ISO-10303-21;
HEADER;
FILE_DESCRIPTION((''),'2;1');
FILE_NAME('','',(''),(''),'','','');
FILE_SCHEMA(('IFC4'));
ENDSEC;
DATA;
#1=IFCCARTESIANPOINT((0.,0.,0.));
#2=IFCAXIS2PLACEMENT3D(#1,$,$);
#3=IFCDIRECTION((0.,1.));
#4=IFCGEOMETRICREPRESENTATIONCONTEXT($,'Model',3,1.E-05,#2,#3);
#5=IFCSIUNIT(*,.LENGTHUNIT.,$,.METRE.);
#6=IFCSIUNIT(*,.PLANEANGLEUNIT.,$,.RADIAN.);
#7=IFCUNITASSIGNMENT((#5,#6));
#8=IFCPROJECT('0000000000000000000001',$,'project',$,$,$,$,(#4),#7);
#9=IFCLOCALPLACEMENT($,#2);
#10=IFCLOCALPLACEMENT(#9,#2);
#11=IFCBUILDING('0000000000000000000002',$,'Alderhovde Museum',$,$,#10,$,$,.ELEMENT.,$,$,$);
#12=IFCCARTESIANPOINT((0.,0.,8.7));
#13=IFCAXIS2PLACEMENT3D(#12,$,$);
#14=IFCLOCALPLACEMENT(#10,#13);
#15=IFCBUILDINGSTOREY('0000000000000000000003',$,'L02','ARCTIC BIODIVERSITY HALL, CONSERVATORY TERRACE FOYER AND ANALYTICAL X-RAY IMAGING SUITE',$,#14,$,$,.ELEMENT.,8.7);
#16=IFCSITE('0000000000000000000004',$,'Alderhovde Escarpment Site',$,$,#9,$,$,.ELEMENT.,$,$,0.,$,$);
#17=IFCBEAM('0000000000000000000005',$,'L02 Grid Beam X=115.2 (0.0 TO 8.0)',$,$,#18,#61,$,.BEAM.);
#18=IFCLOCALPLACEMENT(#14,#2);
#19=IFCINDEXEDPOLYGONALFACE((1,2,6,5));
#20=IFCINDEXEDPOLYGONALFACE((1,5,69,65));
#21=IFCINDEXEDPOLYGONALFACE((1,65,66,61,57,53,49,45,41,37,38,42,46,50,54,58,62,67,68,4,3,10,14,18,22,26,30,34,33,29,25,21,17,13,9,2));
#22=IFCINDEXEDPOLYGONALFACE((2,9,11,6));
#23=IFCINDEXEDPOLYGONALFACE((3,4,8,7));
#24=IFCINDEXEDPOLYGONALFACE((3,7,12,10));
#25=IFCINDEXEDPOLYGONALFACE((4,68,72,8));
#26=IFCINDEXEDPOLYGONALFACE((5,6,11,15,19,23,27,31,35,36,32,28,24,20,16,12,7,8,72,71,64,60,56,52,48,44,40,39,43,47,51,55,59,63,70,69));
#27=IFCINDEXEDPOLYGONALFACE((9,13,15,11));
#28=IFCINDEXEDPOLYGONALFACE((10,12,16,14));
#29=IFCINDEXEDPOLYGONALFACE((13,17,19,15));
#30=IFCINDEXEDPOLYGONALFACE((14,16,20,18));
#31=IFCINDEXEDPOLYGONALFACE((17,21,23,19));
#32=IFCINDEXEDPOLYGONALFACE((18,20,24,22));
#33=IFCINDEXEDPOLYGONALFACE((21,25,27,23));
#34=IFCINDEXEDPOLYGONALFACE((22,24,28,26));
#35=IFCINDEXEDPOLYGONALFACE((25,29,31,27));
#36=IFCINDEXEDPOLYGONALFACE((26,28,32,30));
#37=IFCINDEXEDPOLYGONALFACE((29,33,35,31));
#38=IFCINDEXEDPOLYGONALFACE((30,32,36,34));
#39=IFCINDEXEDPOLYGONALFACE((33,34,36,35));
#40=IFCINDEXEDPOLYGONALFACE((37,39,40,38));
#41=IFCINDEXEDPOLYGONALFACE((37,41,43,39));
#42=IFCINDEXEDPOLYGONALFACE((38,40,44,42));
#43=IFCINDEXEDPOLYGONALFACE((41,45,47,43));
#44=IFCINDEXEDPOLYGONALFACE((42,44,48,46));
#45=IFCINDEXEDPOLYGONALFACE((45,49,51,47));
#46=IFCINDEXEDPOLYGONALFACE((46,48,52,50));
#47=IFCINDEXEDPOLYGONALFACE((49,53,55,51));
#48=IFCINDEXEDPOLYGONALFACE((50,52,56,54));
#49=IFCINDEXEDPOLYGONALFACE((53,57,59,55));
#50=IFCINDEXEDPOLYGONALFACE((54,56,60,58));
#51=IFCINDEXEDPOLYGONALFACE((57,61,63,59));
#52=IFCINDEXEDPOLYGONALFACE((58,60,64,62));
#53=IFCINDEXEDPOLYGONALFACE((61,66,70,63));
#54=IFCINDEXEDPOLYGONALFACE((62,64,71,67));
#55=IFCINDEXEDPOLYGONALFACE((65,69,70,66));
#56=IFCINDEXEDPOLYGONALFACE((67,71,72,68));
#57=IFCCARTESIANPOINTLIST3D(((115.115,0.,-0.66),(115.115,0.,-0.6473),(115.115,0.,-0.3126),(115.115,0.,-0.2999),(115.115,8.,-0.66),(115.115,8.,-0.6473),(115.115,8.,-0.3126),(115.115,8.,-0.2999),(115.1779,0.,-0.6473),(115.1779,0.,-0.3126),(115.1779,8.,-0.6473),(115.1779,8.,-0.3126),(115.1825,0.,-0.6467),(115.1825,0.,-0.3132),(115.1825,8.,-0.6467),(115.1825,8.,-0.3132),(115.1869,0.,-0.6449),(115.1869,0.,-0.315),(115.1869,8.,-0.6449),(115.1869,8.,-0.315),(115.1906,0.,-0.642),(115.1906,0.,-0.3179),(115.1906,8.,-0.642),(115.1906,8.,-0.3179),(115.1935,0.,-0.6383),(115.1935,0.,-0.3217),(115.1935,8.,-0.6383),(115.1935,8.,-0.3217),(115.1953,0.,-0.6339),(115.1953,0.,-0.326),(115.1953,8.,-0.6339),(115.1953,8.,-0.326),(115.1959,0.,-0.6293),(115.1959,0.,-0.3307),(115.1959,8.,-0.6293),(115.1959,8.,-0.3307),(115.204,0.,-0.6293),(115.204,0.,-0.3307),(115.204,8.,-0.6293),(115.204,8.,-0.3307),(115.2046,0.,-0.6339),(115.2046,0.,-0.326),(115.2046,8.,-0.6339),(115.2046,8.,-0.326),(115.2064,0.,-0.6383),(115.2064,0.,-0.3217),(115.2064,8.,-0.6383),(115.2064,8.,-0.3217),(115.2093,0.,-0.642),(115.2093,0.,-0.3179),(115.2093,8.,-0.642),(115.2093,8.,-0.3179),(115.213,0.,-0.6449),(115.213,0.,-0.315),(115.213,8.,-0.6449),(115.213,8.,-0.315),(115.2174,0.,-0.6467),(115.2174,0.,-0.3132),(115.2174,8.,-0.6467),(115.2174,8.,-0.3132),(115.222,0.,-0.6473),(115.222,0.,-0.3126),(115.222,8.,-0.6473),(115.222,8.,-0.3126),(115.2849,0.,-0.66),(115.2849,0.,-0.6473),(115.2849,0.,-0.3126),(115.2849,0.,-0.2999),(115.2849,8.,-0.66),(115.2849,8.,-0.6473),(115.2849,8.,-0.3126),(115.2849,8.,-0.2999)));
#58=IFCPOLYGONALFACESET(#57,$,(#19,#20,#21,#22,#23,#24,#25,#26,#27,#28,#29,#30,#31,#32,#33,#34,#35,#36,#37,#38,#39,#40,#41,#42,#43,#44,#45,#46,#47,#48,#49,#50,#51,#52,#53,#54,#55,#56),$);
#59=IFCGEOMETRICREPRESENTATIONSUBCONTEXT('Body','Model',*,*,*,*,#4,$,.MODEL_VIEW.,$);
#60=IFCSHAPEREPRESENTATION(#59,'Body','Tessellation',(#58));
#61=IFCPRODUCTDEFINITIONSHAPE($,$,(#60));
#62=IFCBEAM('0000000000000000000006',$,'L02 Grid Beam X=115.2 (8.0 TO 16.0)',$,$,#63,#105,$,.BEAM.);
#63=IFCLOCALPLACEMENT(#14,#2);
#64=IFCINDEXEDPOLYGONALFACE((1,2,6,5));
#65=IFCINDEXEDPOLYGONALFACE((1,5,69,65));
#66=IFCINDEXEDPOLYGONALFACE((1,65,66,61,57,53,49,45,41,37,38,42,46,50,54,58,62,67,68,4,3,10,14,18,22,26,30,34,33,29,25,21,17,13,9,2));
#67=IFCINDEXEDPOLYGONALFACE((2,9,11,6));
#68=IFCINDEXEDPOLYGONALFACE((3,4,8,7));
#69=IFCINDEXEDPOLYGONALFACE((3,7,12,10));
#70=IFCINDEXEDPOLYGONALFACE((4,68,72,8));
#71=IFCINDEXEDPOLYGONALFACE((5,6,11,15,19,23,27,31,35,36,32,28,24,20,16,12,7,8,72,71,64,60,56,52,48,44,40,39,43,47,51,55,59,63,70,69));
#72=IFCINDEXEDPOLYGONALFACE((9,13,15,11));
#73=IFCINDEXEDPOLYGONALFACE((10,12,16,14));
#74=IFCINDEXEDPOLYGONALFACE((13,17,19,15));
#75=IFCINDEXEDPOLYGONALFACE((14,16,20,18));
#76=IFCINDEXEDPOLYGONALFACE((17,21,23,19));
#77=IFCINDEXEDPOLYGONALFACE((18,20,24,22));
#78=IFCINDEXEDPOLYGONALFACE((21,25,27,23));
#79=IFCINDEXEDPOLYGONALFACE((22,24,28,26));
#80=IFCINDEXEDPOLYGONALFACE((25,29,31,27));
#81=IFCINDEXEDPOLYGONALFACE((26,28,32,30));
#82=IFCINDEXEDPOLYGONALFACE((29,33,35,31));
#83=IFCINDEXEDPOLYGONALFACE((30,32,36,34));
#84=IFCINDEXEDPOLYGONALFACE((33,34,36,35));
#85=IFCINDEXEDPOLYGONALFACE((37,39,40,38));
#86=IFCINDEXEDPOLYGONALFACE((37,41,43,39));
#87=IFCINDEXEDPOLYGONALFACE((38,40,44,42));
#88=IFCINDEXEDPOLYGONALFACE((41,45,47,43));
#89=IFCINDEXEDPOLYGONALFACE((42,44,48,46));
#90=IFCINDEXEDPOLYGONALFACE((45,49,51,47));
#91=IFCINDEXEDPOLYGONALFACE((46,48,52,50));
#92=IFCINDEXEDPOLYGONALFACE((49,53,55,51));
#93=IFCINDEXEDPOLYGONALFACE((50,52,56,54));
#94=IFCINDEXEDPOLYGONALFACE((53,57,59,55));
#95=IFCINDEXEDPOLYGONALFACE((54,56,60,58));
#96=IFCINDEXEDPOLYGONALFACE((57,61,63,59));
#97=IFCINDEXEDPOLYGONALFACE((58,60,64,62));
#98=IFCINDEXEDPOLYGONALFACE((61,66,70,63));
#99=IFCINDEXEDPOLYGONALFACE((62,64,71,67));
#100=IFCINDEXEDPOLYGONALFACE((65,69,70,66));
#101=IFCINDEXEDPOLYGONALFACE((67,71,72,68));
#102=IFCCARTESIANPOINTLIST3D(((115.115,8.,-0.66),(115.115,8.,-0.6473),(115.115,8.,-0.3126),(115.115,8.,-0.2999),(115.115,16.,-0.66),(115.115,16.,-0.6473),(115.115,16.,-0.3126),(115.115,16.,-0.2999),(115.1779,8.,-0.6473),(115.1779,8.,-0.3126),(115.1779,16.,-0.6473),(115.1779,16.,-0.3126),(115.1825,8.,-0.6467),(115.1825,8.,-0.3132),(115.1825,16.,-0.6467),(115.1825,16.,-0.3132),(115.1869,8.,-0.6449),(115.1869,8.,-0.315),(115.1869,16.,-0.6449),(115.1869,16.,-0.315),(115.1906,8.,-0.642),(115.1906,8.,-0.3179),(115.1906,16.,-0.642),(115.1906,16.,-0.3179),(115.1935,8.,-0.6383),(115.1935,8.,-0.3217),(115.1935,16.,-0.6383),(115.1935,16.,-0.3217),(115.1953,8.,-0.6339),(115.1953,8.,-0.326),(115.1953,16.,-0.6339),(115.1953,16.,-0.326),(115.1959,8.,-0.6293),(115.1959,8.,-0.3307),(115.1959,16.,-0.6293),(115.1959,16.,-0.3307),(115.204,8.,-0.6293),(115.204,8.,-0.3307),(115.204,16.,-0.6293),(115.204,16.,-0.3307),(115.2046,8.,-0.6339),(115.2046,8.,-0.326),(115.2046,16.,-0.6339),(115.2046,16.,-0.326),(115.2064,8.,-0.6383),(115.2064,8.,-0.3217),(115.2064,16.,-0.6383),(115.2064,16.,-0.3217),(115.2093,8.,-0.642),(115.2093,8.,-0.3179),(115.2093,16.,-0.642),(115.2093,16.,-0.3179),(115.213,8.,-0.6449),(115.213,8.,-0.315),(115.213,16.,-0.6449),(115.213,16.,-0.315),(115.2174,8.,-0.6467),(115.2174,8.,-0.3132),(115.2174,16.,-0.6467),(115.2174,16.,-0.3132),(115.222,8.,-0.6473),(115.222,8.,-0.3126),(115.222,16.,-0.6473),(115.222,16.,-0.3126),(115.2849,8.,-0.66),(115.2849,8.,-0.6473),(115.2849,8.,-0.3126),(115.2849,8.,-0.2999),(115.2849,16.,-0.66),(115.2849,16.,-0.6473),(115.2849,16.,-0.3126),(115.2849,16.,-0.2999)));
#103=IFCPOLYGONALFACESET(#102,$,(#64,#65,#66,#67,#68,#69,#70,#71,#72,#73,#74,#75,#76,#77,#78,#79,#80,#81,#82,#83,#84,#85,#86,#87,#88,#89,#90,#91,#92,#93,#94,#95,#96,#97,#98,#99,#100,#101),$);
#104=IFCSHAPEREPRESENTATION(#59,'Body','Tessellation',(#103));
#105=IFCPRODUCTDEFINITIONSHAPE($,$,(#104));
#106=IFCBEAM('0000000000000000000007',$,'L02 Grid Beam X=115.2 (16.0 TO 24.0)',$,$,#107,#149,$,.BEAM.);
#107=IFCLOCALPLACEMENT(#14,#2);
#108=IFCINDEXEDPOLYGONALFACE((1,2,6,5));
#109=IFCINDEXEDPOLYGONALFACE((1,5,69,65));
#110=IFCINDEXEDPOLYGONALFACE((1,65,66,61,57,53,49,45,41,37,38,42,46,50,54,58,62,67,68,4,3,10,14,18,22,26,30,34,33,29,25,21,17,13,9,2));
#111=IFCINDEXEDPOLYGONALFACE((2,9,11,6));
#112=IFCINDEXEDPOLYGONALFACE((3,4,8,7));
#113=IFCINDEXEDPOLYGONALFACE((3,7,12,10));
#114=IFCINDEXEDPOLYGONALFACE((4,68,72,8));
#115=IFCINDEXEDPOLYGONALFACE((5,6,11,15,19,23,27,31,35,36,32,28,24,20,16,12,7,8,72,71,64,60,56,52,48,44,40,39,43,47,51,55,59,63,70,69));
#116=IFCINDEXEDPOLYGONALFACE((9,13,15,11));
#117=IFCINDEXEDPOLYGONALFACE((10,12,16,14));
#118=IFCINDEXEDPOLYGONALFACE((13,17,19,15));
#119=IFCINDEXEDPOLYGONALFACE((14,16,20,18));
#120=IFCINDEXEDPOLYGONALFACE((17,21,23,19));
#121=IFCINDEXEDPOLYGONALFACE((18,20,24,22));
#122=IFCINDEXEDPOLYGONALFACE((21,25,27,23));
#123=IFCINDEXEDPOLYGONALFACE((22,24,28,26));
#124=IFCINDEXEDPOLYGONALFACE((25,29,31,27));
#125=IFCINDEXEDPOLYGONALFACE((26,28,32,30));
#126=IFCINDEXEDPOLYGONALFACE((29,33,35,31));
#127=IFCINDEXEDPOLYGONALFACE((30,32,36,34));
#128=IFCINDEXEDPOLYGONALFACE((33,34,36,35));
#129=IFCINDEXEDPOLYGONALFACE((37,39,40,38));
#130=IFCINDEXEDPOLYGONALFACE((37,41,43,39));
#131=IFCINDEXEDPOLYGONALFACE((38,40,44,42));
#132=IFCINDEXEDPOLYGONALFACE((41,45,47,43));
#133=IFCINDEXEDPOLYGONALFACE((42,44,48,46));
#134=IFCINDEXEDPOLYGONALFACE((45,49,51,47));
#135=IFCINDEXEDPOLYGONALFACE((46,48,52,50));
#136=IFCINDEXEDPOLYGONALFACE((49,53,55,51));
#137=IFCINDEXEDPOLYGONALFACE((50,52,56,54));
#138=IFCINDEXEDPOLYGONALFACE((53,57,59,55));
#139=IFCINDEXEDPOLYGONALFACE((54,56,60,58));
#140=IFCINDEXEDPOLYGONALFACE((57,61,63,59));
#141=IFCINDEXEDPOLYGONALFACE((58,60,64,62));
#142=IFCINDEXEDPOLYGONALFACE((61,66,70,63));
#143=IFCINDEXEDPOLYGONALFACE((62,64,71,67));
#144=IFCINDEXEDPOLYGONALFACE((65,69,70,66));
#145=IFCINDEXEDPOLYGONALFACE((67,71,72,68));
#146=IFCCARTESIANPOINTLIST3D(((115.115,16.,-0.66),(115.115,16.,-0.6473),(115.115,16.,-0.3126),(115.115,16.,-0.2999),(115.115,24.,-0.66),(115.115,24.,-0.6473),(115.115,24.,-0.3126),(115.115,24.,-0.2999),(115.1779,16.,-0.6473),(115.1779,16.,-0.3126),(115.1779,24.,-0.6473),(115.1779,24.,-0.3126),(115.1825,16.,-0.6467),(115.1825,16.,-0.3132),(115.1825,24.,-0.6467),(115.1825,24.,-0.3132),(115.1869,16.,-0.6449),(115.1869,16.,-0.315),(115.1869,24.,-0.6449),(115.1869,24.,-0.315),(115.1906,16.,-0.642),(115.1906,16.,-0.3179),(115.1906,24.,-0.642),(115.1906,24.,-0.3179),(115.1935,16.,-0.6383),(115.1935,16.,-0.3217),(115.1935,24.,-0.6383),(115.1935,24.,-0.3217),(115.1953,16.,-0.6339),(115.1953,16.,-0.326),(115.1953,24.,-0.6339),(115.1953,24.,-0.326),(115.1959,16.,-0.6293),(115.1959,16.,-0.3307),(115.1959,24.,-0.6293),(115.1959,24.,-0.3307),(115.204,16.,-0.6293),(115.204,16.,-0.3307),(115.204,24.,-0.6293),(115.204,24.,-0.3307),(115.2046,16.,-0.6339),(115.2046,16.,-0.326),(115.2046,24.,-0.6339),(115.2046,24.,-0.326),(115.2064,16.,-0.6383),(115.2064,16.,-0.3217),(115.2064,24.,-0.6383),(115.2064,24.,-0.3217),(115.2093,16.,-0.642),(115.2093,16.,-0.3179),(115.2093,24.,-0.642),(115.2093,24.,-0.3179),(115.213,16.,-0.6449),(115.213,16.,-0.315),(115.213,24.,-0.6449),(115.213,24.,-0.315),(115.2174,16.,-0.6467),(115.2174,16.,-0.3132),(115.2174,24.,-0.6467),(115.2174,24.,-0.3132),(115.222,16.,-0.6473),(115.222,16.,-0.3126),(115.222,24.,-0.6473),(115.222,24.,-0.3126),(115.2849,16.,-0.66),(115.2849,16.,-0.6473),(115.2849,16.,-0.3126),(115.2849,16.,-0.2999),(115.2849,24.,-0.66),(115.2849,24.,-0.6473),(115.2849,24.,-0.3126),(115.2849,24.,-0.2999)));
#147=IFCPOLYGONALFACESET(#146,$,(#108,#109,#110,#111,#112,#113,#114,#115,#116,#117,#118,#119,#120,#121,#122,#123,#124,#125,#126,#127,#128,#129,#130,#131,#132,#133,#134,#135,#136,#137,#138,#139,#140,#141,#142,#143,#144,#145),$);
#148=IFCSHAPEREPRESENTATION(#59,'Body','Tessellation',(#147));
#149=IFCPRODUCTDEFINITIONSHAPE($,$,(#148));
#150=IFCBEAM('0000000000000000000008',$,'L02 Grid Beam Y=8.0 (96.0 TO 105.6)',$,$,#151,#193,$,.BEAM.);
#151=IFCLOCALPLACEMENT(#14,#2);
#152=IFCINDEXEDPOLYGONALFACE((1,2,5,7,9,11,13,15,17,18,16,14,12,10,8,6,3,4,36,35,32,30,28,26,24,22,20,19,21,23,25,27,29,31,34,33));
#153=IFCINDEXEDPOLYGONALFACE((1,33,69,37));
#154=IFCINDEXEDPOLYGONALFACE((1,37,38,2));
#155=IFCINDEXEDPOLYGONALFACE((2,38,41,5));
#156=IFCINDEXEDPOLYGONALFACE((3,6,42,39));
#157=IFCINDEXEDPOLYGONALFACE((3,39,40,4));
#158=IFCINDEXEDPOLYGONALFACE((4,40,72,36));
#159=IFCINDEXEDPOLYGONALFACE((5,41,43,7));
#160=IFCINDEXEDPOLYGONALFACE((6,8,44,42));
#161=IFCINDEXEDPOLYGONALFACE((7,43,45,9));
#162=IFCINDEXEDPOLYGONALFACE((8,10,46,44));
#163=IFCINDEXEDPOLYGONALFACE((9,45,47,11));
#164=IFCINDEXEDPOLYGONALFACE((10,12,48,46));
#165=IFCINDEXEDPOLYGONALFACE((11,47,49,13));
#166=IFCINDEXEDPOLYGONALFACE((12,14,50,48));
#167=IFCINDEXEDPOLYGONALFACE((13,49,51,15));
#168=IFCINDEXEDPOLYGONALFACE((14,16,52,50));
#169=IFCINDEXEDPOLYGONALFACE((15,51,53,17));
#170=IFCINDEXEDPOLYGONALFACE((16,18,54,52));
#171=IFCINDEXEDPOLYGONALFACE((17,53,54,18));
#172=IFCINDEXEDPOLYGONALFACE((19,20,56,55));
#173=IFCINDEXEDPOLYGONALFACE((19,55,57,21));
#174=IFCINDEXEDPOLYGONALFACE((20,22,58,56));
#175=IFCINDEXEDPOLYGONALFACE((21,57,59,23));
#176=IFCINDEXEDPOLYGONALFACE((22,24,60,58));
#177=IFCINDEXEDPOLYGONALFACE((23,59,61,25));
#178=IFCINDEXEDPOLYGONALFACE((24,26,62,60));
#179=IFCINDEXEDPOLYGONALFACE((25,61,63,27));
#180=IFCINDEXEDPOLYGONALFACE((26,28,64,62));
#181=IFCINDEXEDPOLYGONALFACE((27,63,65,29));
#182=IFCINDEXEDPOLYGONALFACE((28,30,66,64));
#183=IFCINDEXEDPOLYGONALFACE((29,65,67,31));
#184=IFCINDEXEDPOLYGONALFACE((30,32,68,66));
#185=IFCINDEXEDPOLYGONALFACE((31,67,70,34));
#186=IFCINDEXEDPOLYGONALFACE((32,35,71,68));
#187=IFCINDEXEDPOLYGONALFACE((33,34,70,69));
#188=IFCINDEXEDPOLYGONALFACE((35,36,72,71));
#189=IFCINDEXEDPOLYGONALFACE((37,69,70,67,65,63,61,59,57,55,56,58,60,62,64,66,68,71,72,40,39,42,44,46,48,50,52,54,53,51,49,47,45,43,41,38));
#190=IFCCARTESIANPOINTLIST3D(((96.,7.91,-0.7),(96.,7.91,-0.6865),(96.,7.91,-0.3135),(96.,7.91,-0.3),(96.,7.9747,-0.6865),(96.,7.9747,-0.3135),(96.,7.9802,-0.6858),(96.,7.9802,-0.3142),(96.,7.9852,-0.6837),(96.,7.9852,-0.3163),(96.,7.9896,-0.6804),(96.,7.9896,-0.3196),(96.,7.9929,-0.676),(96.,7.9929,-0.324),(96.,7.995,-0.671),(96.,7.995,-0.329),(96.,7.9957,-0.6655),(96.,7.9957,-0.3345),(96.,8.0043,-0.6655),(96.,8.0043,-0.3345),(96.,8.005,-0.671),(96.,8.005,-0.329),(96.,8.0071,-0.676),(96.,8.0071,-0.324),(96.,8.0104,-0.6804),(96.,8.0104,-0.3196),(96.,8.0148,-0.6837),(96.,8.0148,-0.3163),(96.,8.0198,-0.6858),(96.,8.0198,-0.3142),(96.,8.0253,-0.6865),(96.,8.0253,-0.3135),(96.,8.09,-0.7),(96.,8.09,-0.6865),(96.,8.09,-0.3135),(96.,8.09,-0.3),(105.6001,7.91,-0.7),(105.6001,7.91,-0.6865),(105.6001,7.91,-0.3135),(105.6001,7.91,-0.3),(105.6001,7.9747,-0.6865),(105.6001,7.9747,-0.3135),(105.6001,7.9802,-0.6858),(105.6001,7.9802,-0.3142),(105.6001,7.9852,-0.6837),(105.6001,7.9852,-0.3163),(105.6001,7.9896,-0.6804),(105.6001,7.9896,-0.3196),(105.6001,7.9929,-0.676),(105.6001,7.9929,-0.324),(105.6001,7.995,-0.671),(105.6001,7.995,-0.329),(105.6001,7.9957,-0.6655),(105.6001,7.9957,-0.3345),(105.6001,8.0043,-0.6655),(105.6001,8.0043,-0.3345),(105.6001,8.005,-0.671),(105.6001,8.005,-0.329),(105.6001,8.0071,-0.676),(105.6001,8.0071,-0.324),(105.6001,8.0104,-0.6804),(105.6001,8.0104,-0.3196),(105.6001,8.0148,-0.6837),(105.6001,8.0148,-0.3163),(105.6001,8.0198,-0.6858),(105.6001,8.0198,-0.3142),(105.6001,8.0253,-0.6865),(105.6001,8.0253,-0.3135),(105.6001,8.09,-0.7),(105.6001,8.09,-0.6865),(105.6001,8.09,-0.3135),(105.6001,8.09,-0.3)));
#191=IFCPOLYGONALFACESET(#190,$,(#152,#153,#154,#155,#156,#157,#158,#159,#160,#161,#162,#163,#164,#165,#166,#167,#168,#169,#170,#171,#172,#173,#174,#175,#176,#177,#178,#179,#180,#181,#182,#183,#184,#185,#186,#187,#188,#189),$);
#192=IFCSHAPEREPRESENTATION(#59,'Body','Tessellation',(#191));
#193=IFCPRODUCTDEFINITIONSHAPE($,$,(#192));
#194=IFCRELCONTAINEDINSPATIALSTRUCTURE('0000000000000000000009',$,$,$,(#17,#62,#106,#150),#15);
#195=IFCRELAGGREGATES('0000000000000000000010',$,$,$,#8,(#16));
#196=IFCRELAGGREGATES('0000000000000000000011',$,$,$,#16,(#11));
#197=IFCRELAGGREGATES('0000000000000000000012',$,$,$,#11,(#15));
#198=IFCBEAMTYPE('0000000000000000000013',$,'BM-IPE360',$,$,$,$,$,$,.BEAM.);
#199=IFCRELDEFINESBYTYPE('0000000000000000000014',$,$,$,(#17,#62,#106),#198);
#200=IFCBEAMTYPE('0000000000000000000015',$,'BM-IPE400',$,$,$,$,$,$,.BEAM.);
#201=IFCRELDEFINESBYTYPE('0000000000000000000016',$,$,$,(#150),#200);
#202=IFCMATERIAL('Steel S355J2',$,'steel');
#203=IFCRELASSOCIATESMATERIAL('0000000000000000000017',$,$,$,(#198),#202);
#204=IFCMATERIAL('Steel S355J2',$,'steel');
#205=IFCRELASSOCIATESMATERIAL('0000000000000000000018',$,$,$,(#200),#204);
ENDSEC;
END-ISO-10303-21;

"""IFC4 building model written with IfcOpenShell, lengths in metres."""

from ifc_helpers import new_model, si_unit, direction, frame, origin, origin_2d, place, context, subcontext, project, spatial, i_section, extrude, material, material_profile, profile_set, type_object, element, save


model = new_model("IFC4")

# Units and contexts
model_context = context("Model", 3, precision=1e-05, world=origin(), true_north=direction((0.0, 1.0)))
body_context = subcontext(model_context, "Body", "Model", "MODEL_VIEW")
ifc_project = project(units=[si_unit("LENGTHUNIT", "METRE"), si_unit("PLANEANGLEUNIT", "RADIAN")], contexts=[model_context])

# Site, building, storey
site_placement = place(None, origin())
site = spatial("IfcSite", under=ifc_project, at=site_placement, Name="Alderhovde Escarpment Site", CompositionType="ELEMENT", RefElevation=0.0)
building_placement = place(site_placement, origin())
building = spatial("IfcBuilding", under=site, at=building_placement, Name="Alderhovde Museum", CompositionType="ELEMENT")
storey_placement = place(building_placement, frame((0.0, 0.0, 8.7)))
storey = spatial("IfcBuildingStorey", under=building, at=storey_placement, Name="L02", Description="ARCTIC BIODIVERSITY HALL, CONSERVATORY TERRACE FOYER AND ANALYTICAL X-RAY IMAGING SUITE", CompositionType="ELEMENT", Elevation=8.7)

# Beams
ifc_material_1 = material(Name="Steel S355J2", Category="steel")
ifc_material_profile_1 = material_profile(ifc_material_1, i_section(OverallWidth=0.1699, OverallDepth=0.3601, WebThickness=0.0081, FlangeThickness=0.0127, FilletRadius=0.0181, at=origin_2d()), Name="IPE 360")
ifc_profile_set_1 = profile_set([ifc_material_profile_1], Name="Steel S355J2")
beam_type_1 = type_object("IfcBeamType", Name="BM-IPE360", PredefinedType="BEAM", material=ifc_profile_set_1)
for number, where, z_axis, x_axis, name in (
    (1, (115.2, 0.0, -0.48), (0.0, 1.0, 0.0), (-1.0, 0.0, 0.0), "L02 Grid Beam X=115.2 (0.0 TO 8.0)"),
    (2, (115.2, 8.0, -0.48), (0.0, 1.0, 0.0), (-1.0, 0.0, 0.0), "L02 Grid Beam X=115.2 (8.0 TO 16.0)"),
    (3, (115.2, 16.0, -0.48), (0.0, 1.0, 0.0), (-1.0, 0.0, 0.0), "L02 Grid Beam X=115.2 (16.0 TO 24.0)"),
):
    element("IfcBeam", number, at=place(storey_placement, frame(where, z_axis=z_axis, x_axis=x_axis)), inside=storey, type_object=beam_type_1, Name=name, PredefinedType="BEAM", context=body_context, shape_type="SweptSolid", body=[
        extrude(i_section(OverallWidth=0.1699, OverallDepth=0.3601, WebThickness=0.0081, FlangeThickness=0.0127, FilletRadius=0.0181, at=origin_2d()), origin(), (0.0, 0.0, 1.0), 8.0),
    ])
ifc_material_2 = material(Name="Steel S355J2", Category="steel")
ifc_material_profile_2 = material_profile(ifc_material_2, i_section(OverallWidth=0.1799, OverallDepth=0.3999, WebThickness=0.0085, FlangeThickness=0.0134, FilletRadius=0.021, at=origin_2d()), Name="IPE 400")
ifc_profile_set_2 = profile_set([ifc_material_profile_2], Name="Steel S355J2")
beam_type_2 = type_object("IfcBeamType", Name="BM-IPE400", PredefinedType="BEAM", material=ifc_profile_set_2)
beam_1_placement = place(storey_placement, frame((96.0, 8.0, -0.5), z_axis=(1.0, 0.0, 0.0), x_axis=(0.0, 1.0, 0.0)))
element("IfcBeam", 4, at=beam_1_placement, inside=storey, type_object=beam_type_2, Name="L02 Grid Beam Y=8.0 (96.0 TO 105.6)", PredefinedType="BEAM", context=body_context, shape_type="SweptSolid", body=[
    extrude(i_section(OverallWidth=0.1799, OverallDepth=0.3999, WebThickness=0.0085, FlangeThickness=0.0134, FilletRadius=0.021, at=origin_2d()), origin(), (0.0, 0.0, 1.0), 9.6001),
])

save(model, "model.ifc")
